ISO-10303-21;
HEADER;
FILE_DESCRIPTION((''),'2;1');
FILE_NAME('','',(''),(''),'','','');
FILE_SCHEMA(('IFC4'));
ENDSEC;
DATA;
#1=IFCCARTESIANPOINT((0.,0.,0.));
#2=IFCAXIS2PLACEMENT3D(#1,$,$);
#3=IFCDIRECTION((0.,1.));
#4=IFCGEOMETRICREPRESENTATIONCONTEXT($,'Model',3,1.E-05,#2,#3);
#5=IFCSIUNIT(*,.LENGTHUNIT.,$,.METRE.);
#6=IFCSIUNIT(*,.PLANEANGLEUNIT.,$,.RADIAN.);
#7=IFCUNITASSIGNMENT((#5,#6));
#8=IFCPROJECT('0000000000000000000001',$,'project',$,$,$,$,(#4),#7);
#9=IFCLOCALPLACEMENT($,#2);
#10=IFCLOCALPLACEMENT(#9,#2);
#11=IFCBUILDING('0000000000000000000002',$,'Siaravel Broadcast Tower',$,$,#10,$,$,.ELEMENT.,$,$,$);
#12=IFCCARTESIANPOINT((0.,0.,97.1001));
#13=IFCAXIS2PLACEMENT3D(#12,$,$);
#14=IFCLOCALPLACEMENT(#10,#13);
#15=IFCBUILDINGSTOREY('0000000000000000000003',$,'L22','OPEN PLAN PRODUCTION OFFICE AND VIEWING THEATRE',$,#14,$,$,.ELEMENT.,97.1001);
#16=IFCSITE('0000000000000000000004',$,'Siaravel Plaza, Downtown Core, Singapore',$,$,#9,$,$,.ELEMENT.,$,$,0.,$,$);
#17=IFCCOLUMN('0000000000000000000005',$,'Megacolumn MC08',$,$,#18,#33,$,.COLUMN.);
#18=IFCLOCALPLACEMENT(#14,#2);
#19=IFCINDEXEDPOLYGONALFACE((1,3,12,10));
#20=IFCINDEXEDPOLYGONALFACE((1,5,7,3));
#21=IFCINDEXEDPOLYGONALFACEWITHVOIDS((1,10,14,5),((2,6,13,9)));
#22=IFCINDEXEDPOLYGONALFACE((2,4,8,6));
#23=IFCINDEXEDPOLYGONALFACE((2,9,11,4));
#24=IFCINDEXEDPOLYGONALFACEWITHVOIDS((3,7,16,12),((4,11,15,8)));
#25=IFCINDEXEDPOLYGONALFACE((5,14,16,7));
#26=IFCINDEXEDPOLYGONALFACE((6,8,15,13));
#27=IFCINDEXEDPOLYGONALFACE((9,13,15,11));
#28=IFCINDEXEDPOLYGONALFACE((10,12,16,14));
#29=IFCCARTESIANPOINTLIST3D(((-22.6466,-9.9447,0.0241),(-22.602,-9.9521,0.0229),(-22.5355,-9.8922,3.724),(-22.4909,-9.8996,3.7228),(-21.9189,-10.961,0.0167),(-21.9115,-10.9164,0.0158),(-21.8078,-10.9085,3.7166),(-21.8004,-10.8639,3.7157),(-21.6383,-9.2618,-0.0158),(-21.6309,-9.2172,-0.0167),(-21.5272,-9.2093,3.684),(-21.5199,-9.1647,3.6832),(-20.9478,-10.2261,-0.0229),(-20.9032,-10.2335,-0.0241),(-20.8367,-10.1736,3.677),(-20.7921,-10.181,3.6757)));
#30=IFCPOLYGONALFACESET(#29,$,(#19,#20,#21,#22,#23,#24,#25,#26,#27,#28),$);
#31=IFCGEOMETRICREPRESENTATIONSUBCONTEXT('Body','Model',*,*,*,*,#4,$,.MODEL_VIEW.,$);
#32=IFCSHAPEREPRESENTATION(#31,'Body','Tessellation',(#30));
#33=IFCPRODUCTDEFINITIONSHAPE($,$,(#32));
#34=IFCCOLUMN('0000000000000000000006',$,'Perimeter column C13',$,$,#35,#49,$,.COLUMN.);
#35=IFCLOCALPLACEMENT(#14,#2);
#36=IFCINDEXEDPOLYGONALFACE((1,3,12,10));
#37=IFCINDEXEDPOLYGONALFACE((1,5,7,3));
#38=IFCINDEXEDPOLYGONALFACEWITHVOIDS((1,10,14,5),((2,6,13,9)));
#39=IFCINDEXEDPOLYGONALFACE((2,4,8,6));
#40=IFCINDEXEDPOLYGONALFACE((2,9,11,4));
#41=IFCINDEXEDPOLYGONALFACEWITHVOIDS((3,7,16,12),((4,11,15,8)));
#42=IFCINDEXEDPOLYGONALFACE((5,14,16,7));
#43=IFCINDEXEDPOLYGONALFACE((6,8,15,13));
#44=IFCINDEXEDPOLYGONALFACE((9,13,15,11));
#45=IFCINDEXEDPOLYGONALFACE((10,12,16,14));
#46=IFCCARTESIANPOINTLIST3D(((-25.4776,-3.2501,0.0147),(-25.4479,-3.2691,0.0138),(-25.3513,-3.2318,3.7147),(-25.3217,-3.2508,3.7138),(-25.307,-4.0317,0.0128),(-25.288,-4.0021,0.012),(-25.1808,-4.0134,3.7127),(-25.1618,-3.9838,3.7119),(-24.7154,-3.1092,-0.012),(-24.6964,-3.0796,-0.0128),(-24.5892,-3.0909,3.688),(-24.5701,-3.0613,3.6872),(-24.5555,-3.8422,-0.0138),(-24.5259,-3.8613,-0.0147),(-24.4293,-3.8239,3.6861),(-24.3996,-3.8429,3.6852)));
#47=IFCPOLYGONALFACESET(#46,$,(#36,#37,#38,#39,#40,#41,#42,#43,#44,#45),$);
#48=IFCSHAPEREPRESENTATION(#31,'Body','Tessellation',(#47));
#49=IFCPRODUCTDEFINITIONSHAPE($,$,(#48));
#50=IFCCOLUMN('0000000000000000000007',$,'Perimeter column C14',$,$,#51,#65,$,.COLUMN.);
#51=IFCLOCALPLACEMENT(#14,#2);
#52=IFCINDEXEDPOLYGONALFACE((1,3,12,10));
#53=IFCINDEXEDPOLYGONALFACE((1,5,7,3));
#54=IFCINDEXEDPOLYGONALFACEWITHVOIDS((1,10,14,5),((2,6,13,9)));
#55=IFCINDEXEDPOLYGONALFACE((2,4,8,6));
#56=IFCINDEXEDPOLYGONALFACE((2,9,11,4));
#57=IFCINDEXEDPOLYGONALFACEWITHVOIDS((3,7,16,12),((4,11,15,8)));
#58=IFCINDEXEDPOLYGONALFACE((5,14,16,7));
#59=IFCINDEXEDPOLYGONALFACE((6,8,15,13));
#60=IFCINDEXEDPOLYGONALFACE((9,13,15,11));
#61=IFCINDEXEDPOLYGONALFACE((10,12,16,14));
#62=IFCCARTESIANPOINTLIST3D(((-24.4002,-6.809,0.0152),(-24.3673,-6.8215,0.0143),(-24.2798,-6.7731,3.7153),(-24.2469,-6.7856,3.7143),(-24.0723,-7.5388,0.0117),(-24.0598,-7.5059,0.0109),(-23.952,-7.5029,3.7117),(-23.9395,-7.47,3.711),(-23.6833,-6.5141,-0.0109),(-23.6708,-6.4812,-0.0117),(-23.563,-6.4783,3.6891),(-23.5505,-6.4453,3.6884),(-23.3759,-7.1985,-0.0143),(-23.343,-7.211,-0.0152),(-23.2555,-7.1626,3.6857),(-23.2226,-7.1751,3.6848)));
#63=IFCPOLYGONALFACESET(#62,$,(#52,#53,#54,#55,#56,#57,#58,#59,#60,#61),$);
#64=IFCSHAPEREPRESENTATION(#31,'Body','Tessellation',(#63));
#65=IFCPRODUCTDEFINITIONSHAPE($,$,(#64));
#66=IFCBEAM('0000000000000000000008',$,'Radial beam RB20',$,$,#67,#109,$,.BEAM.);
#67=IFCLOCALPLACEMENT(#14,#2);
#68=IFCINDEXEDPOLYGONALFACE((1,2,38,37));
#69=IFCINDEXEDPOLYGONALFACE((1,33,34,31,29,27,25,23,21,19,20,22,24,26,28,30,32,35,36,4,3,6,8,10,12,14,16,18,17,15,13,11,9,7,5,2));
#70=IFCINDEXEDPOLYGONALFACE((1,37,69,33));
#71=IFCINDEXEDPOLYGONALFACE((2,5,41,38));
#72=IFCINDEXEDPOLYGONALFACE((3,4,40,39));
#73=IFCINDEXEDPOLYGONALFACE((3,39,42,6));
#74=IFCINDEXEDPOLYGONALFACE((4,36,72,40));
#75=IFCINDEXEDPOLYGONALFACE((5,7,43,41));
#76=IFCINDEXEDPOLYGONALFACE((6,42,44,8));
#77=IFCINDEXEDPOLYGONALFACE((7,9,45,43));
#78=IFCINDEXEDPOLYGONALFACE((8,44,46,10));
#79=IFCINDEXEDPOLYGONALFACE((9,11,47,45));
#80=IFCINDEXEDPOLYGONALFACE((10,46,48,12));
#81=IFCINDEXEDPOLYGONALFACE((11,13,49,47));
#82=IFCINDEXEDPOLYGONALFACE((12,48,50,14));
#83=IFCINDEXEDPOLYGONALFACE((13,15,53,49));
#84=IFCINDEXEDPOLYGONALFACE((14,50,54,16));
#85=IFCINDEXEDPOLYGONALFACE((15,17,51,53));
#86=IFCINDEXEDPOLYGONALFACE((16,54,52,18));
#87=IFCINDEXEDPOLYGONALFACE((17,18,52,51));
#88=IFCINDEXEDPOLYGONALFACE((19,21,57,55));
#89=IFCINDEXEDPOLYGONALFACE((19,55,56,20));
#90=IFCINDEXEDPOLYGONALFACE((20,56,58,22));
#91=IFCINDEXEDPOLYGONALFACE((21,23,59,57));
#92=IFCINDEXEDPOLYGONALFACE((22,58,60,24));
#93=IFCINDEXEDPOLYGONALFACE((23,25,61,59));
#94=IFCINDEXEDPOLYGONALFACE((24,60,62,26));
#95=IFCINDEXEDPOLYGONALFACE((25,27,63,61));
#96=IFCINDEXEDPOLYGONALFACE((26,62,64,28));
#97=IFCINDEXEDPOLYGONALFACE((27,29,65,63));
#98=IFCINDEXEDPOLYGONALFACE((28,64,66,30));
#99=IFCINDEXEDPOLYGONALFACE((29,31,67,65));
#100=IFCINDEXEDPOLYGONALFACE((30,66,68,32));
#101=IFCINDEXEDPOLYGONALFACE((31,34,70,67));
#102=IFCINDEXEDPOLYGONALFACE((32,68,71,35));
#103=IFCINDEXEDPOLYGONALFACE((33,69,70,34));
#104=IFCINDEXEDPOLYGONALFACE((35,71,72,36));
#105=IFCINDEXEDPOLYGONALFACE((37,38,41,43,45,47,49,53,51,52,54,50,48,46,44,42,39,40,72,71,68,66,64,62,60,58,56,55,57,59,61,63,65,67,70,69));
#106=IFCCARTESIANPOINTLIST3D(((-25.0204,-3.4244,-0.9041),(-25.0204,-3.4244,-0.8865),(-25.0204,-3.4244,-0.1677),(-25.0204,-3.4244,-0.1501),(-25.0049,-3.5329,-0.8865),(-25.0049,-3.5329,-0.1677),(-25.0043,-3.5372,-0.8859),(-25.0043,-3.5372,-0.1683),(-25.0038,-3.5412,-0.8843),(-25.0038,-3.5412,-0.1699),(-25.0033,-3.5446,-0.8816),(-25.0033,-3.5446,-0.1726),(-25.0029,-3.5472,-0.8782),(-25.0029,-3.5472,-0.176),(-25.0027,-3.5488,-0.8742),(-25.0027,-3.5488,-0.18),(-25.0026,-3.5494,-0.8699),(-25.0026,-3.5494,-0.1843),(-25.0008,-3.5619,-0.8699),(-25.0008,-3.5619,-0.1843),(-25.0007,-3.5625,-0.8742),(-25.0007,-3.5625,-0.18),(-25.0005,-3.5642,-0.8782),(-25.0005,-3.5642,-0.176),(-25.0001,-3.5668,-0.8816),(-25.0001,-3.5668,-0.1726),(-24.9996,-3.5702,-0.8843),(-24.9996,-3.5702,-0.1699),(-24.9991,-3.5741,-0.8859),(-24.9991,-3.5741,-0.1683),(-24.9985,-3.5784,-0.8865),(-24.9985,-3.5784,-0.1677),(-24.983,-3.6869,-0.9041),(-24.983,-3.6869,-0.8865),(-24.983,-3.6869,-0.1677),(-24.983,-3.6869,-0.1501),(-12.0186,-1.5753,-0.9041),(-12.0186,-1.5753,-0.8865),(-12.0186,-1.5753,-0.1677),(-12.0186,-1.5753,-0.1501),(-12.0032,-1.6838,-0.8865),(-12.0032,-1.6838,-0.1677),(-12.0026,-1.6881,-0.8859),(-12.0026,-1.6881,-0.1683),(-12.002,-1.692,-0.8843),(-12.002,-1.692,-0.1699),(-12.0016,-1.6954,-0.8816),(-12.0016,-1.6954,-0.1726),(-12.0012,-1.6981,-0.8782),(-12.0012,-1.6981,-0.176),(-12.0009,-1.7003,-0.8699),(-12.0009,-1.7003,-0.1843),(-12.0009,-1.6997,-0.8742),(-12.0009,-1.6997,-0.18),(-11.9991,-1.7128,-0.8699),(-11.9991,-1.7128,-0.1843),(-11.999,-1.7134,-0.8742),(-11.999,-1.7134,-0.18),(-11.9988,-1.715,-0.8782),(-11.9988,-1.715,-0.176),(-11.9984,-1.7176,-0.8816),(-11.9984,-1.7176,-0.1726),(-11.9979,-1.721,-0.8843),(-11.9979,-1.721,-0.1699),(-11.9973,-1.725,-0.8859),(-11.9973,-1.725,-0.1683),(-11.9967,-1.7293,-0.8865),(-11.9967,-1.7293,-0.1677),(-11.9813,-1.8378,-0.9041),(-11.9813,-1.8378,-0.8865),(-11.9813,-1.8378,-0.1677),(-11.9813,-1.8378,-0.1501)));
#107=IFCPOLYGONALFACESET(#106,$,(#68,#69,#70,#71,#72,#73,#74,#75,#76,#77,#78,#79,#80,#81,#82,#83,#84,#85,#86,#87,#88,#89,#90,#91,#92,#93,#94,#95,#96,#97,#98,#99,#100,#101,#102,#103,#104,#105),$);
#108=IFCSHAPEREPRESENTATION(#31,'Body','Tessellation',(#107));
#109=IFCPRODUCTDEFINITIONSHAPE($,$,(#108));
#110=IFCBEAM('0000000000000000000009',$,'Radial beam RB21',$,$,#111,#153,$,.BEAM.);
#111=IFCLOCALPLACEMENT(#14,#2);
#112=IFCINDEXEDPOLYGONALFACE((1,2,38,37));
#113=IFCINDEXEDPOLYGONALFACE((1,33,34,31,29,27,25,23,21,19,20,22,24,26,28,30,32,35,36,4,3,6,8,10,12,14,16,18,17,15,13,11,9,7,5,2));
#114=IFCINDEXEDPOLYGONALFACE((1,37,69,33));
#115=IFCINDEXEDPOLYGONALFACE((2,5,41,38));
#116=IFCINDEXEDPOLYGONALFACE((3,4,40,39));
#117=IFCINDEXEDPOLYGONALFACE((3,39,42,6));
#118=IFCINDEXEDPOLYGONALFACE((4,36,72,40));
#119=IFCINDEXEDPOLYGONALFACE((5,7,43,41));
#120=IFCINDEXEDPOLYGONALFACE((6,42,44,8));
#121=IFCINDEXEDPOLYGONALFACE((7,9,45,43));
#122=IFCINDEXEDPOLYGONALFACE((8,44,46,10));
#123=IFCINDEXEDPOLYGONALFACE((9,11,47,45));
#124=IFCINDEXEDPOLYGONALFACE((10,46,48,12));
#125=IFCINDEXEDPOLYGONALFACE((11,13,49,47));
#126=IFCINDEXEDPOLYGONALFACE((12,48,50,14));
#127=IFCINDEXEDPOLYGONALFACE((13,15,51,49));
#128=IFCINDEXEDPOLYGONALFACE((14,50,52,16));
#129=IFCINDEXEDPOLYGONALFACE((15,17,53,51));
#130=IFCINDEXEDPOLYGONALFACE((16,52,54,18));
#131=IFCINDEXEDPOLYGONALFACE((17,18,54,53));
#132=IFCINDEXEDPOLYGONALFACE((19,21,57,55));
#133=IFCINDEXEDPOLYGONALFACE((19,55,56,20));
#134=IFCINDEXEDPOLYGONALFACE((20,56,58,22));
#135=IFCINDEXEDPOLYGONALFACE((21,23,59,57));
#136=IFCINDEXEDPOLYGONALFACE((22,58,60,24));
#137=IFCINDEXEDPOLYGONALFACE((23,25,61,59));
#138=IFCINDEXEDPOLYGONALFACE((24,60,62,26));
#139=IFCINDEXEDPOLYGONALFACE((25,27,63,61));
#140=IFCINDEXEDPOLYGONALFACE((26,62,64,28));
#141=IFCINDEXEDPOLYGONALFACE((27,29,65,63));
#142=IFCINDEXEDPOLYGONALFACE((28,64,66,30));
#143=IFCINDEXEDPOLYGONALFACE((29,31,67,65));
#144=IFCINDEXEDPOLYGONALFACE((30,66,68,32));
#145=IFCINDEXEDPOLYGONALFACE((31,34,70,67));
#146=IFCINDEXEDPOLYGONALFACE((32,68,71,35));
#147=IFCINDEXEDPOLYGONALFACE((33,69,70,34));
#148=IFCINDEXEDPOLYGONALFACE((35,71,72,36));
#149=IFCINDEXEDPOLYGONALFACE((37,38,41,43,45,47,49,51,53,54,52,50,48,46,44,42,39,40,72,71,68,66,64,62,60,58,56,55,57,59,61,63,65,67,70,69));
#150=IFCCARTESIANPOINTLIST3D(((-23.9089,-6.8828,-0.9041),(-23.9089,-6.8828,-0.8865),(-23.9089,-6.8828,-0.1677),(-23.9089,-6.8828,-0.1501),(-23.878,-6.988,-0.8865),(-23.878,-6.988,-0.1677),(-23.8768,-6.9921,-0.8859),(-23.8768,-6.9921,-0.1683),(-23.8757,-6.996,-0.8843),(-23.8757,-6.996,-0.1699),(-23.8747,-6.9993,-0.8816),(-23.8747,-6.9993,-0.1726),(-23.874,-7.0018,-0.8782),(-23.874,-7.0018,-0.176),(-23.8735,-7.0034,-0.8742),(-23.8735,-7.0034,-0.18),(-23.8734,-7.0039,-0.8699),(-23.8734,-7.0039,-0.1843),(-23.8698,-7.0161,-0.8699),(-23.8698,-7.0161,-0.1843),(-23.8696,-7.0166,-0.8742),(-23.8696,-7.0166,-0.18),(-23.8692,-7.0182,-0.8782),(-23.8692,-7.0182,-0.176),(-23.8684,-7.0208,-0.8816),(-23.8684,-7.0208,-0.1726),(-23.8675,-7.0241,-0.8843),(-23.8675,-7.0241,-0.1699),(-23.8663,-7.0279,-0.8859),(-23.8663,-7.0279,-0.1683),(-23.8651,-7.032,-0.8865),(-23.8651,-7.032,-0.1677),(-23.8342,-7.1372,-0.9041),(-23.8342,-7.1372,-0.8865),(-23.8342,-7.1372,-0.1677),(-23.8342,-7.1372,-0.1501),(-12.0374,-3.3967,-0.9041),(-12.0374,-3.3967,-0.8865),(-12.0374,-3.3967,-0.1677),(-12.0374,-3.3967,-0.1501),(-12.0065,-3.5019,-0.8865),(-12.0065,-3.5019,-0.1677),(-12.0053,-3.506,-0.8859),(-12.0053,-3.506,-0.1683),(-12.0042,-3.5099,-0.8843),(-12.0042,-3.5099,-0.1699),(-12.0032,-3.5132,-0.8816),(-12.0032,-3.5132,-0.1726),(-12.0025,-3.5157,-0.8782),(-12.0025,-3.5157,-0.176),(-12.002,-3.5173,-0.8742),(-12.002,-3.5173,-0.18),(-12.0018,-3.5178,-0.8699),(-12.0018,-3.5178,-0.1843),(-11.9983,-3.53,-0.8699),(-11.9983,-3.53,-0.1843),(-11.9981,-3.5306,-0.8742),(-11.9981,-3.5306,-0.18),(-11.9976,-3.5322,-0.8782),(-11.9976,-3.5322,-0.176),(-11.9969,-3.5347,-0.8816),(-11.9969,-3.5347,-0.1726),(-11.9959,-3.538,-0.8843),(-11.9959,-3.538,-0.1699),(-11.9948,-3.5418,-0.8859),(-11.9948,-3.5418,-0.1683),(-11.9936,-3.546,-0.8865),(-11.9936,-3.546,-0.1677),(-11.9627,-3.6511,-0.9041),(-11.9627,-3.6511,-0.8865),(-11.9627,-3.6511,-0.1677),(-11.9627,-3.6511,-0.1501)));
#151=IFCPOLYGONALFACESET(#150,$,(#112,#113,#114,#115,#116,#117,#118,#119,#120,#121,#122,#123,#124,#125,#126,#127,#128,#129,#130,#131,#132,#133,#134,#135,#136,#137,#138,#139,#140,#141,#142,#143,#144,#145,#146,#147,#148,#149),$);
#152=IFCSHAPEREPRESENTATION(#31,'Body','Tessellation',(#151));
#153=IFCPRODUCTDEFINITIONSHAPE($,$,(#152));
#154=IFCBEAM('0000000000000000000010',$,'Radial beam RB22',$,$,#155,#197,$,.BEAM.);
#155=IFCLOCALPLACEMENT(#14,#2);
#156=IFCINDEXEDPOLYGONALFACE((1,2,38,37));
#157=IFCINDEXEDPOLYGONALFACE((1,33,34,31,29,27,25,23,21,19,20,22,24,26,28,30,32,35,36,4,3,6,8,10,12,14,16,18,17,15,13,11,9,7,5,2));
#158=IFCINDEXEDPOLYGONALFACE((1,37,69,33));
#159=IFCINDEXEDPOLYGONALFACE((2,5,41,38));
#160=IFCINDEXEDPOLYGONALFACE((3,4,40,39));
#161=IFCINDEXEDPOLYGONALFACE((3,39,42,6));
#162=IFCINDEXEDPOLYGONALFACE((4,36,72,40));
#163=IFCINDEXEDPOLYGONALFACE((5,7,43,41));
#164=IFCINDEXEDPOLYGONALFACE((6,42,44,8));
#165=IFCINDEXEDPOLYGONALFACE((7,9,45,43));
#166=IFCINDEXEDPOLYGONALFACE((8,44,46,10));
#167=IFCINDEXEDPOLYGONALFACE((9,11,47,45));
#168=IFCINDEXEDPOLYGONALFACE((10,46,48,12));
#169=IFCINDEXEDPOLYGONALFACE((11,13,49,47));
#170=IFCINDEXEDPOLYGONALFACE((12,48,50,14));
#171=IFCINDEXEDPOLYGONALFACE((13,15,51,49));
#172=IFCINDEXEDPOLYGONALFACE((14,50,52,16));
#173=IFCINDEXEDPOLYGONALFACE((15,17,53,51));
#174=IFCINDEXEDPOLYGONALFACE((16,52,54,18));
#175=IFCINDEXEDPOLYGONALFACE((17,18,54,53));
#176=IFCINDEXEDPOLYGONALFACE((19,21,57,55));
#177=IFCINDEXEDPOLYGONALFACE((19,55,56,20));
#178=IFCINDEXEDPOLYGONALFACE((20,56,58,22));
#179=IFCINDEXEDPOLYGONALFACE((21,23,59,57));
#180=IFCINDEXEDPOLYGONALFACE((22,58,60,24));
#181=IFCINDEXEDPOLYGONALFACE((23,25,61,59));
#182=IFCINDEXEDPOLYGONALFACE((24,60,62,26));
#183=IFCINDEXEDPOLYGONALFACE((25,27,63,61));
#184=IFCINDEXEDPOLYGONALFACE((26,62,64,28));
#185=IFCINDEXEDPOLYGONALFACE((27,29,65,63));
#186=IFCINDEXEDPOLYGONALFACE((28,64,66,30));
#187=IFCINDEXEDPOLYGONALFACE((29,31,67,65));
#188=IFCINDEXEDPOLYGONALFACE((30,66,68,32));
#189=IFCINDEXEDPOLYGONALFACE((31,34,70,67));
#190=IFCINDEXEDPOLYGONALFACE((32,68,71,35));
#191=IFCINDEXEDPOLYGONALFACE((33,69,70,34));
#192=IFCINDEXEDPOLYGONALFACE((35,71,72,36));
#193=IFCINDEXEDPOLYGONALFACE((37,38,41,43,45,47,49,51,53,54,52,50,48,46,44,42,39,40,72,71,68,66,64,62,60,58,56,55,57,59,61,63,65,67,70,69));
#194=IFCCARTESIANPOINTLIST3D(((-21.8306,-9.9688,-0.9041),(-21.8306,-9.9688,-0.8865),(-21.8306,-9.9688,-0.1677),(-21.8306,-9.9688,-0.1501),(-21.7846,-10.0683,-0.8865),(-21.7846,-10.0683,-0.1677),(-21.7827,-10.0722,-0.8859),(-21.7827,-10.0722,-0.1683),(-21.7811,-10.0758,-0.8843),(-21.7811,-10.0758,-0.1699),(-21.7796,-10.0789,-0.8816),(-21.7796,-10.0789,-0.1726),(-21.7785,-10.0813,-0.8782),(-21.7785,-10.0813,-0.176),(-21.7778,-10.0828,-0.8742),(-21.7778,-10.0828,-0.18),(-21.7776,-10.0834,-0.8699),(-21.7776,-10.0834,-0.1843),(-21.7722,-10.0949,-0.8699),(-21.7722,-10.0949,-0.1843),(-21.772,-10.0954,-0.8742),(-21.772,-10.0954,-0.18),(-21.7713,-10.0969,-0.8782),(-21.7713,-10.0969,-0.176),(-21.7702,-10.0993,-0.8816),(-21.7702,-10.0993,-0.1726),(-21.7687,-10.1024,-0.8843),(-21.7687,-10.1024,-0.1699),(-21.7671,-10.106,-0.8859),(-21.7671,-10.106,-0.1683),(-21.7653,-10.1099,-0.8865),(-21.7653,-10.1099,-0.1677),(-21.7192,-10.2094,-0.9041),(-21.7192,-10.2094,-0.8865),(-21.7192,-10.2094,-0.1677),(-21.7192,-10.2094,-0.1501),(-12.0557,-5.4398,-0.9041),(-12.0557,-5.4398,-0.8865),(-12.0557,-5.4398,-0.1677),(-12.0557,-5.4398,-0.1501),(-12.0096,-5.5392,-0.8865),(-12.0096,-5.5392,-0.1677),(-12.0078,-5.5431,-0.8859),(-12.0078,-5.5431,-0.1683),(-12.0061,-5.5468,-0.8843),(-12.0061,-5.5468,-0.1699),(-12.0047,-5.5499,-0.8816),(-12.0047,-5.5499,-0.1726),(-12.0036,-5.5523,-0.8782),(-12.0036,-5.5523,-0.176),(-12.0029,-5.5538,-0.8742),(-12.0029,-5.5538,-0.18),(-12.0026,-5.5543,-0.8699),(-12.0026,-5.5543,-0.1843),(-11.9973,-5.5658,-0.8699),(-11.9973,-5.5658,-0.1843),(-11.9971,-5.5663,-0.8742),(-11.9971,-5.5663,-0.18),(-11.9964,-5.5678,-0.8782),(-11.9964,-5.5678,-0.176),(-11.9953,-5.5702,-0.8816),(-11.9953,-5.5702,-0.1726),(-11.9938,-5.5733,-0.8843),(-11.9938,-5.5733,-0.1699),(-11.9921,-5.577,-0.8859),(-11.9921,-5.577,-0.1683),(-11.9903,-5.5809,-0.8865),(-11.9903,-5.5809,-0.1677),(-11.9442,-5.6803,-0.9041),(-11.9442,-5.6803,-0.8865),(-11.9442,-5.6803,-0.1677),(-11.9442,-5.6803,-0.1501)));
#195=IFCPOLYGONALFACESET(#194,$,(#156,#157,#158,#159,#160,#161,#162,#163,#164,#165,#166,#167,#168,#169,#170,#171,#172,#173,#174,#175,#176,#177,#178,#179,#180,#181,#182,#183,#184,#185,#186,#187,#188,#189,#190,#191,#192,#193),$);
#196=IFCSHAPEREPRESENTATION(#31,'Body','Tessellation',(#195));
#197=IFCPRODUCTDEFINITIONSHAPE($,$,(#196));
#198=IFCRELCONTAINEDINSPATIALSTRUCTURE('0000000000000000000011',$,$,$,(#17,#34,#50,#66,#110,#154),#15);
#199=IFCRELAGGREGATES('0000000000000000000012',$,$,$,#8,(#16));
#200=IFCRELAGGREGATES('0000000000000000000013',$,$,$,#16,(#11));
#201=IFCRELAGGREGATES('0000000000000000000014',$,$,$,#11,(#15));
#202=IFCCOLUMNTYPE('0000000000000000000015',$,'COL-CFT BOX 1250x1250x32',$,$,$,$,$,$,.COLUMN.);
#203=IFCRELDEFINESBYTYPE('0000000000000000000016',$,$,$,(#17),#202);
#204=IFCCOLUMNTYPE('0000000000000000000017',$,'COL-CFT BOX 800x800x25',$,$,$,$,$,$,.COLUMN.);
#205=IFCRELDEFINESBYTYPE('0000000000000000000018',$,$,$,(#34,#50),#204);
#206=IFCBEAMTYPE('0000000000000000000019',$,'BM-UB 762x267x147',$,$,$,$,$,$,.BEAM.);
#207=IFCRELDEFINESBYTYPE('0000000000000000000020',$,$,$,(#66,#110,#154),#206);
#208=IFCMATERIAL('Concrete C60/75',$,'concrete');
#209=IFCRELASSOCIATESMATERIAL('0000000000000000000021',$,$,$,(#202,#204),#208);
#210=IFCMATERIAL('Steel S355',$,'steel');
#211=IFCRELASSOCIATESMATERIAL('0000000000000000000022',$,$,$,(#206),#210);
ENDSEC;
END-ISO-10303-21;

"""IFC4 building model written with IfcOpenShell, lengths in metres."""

from ifc_helpers import new_model, si_unit, direction, frame, origin, origin_2d, place, context, subcontext, project, spatial, hollow_rectangle, i_section, extrude, material, material_profile, profile_set, type_object, element, save


model = new_model("IFC4")

# Units and contexts
model_context = context("Model", 3, precision=1e-05, world=origin(), true_north=direction((0.0, 1.0)))
body_context = subcontext(model_context, "Body", "Model", "MODEL_VIEW")
ifc_project = project(units=[si_unit("LENGTHUNIT", "METRE"), si_unit("PLANEANGLEUNIT", "RADIAN")], contexts=[model_context])

# Site, building, storey
site_placement = place(None, origin())
site = spatial("IfcSite", under=ifc_project, at=site_placement, Name="Siaravel Plaza, Downtown Core, Singapore", CompositionType="ELEMENT", RefElevation=0.0)
building_placement = place(site_placement, origin())
building = spatial("IfcBuilding", under=site, at=building_placement, Name="Siaravel Broadcast Tower", CompositionType="ELEMENT")
storey_placement = place(building_placement, frame((0.0, 0.0, 97.1001)))
storey = spatial("IfcBuildingStorey", under=building, at=storey_placement, Name="L22", Description="OPEN PLAN PRODUCTION OFFICE AND VIEWING THEATRE", CompositionType="ELEMENT", Elevation=97.1001)

# Columns
ifc_material_1 = material(Name="Concrete C60/75", Category="concrete")
ifc_material_profile_1 = material_profile(ifc_material_1, hollow_rectangle(XDim=1.25, YDim=1.25, WallThickness=0.032, at=origin_2d()))
ifc_profile_set_1 = profile_set([ifc_material_profile_1], Name="Concrete C60/75")
column_type_1 = type_object("IfcColumnType", Name="COL-CFT BOX 1250x1250x32", PredefinedType="COLUMN", material=ifc_profile_set_1)
column_placement = place(storey_placement, frame((-21.7749, -10.0891, 0.0), z_axis=(0.030007, 0.014179, 0.999449), x_axis=(-0.582176, 0.813041, 0.005944)))
element("IfcColumn", 1, at=column_placement, inside=storey, type_object=column_type_1, Name="Megacolumn MC08", PredefinedType="COLUMN", context=body_context, shape_type="SweptSolid", body=[
    extrude(hollow_rectangle(XDim=1.25, YDim=1.25, WallThickness=0.032, at=origin_2d()), origin(), (0.0, 0.0, 1.0), 3.7019),
])
ifc_material_profile_2 = material_profile(ifc_material_1, hollow_rectangle(XDim=0.8, YDim=0.8, WallThickness=0.0249, at=origin_2d()))
ifc_profile_set_2 = profile_set([ifc_material_profile_2], Name="Concrete C60/75")
column_type_2 = type_object("IfcColumnType", Name="COL-CFT BOX 800x800x25", PredefinedType="COLUMN", material=ifc_profile_set_2)
for number, where, z_axis, x_axis, name in (
    (2, (-25.0017, -3.5557, 0.0), (0.034094, 0.004946, 0.999406), (-0.213128, 0.977021, 0.002436), "Perimeter column C13"),
    (3, (-23.8716, -7.01, 0.0), (0.032512, 0.009694, 0.999424), (-0.40979, 0.912169, 0.004483), "Perimeter column C14"),
):
    element("IfcColumn", number, at=place(storey_placement, frame(where, z_axis=z_axis, x_axis=x_axis)), inside=storey, type_object=column_type_2, Name=name, PredefinedType="COLUMN", context=body_context, shape_type="SweptSolid", body=[
        extrude(hollow_rectangle(XDim=0.8, YDim=0.8, WallThickness=0.0249, at=origin_2d()), origin(), (0.0, 0.0, 1.0), 3.7021),
    ])

# Beams
ifc_material_2 = material(Name="Steel S355", Category="steel")
ifc_material_profile_3 = material_profile(ifc_material_2, i_section(OverallWidth=0.2651, OverallDepth=0.7539, WebThickness=0.0127, FlangeThickness=0.0176, FilletRadius=0.0166, at=origin_2d()))
ifc_profile_set_3 = profile_set([ifc_material_profile_3], Name="Steel S355")
beam_type = type_object("IfcBeamType", Name="BM-UB 762x267x147", PredefinedType="BEAM", material=ifc_profile_set_3)
beam_1_placement = place(storey_placement, frame((-25.0017, -3.5557, -0.5271), z_axis=(0.990037, 0.140804, 0.0), x_axis=(-0.140804, 0.990037, 0.0)))
element("IfcBeam", 4, at=beam_1_placement, inside=storey, type_object=beam_type, Name="Radial beam RB20", PredefinedType="BEAM", context=body_context, shape_type="SweptSolid", body=[
    extrude(i_section(OverallWidth=0.2651, OverallDepth=0.7539, WebThickness=0.0127, FlangeThickness=0.0176, FilletRadius=0.0166, at=origin_2d()), origin(), (0.0, 0.0, 1.0), 13.1326),
])
beam_2_placement = place(storey_placement, frame((-23.8716, -7.01, -0.5271), z_axis=(0.959487, 0.281753, 0.0), x_axis=(-0.281753, 0.959487, 0.0)))
element("IfcBeam", 5, at=beam_2_placement, inside=storey, type_object=beam_type, Name="Radial beam RB21", PredefinedType="BEAM", context=body_context, shape_type="SweptSolid", body=[
    extrude(i_section(OverallWidth=0.2651, OverallDepth=0.7539, WebThickness=0.0127, FlangeThickness=0.0176, FilletRadius=0.0166, at=origin_2d()), origin(), (0.0, 0.0, 1.0), 12.3728),
])
beam_3_placement = place(storey_placement, frame((-21.7749, -10.0891, -0.5271), z_axis=(0.907338, 0.420401, 0.0), x_axis=(-0.420401, 0.907338, 0.0)))
element("IfcBeam", 6, at=beam_3_placement, inside=storey, type_object=beam_type, Name="Radial beam RB22", PredefinedType="BEAM", context=body_context, shape_type="SweptSolid", body=[
    extrude(i_section(OverallWidth=0.2651, OverallDepth=0.7539, WebThickness=0.0127, FlangeThickness=0.0176, FilletRadius=0.0166, at=origin_2d()), origin(), (0.0, 0.0, 1.0), 10.7732),
])

save(model, "model.ifc")
